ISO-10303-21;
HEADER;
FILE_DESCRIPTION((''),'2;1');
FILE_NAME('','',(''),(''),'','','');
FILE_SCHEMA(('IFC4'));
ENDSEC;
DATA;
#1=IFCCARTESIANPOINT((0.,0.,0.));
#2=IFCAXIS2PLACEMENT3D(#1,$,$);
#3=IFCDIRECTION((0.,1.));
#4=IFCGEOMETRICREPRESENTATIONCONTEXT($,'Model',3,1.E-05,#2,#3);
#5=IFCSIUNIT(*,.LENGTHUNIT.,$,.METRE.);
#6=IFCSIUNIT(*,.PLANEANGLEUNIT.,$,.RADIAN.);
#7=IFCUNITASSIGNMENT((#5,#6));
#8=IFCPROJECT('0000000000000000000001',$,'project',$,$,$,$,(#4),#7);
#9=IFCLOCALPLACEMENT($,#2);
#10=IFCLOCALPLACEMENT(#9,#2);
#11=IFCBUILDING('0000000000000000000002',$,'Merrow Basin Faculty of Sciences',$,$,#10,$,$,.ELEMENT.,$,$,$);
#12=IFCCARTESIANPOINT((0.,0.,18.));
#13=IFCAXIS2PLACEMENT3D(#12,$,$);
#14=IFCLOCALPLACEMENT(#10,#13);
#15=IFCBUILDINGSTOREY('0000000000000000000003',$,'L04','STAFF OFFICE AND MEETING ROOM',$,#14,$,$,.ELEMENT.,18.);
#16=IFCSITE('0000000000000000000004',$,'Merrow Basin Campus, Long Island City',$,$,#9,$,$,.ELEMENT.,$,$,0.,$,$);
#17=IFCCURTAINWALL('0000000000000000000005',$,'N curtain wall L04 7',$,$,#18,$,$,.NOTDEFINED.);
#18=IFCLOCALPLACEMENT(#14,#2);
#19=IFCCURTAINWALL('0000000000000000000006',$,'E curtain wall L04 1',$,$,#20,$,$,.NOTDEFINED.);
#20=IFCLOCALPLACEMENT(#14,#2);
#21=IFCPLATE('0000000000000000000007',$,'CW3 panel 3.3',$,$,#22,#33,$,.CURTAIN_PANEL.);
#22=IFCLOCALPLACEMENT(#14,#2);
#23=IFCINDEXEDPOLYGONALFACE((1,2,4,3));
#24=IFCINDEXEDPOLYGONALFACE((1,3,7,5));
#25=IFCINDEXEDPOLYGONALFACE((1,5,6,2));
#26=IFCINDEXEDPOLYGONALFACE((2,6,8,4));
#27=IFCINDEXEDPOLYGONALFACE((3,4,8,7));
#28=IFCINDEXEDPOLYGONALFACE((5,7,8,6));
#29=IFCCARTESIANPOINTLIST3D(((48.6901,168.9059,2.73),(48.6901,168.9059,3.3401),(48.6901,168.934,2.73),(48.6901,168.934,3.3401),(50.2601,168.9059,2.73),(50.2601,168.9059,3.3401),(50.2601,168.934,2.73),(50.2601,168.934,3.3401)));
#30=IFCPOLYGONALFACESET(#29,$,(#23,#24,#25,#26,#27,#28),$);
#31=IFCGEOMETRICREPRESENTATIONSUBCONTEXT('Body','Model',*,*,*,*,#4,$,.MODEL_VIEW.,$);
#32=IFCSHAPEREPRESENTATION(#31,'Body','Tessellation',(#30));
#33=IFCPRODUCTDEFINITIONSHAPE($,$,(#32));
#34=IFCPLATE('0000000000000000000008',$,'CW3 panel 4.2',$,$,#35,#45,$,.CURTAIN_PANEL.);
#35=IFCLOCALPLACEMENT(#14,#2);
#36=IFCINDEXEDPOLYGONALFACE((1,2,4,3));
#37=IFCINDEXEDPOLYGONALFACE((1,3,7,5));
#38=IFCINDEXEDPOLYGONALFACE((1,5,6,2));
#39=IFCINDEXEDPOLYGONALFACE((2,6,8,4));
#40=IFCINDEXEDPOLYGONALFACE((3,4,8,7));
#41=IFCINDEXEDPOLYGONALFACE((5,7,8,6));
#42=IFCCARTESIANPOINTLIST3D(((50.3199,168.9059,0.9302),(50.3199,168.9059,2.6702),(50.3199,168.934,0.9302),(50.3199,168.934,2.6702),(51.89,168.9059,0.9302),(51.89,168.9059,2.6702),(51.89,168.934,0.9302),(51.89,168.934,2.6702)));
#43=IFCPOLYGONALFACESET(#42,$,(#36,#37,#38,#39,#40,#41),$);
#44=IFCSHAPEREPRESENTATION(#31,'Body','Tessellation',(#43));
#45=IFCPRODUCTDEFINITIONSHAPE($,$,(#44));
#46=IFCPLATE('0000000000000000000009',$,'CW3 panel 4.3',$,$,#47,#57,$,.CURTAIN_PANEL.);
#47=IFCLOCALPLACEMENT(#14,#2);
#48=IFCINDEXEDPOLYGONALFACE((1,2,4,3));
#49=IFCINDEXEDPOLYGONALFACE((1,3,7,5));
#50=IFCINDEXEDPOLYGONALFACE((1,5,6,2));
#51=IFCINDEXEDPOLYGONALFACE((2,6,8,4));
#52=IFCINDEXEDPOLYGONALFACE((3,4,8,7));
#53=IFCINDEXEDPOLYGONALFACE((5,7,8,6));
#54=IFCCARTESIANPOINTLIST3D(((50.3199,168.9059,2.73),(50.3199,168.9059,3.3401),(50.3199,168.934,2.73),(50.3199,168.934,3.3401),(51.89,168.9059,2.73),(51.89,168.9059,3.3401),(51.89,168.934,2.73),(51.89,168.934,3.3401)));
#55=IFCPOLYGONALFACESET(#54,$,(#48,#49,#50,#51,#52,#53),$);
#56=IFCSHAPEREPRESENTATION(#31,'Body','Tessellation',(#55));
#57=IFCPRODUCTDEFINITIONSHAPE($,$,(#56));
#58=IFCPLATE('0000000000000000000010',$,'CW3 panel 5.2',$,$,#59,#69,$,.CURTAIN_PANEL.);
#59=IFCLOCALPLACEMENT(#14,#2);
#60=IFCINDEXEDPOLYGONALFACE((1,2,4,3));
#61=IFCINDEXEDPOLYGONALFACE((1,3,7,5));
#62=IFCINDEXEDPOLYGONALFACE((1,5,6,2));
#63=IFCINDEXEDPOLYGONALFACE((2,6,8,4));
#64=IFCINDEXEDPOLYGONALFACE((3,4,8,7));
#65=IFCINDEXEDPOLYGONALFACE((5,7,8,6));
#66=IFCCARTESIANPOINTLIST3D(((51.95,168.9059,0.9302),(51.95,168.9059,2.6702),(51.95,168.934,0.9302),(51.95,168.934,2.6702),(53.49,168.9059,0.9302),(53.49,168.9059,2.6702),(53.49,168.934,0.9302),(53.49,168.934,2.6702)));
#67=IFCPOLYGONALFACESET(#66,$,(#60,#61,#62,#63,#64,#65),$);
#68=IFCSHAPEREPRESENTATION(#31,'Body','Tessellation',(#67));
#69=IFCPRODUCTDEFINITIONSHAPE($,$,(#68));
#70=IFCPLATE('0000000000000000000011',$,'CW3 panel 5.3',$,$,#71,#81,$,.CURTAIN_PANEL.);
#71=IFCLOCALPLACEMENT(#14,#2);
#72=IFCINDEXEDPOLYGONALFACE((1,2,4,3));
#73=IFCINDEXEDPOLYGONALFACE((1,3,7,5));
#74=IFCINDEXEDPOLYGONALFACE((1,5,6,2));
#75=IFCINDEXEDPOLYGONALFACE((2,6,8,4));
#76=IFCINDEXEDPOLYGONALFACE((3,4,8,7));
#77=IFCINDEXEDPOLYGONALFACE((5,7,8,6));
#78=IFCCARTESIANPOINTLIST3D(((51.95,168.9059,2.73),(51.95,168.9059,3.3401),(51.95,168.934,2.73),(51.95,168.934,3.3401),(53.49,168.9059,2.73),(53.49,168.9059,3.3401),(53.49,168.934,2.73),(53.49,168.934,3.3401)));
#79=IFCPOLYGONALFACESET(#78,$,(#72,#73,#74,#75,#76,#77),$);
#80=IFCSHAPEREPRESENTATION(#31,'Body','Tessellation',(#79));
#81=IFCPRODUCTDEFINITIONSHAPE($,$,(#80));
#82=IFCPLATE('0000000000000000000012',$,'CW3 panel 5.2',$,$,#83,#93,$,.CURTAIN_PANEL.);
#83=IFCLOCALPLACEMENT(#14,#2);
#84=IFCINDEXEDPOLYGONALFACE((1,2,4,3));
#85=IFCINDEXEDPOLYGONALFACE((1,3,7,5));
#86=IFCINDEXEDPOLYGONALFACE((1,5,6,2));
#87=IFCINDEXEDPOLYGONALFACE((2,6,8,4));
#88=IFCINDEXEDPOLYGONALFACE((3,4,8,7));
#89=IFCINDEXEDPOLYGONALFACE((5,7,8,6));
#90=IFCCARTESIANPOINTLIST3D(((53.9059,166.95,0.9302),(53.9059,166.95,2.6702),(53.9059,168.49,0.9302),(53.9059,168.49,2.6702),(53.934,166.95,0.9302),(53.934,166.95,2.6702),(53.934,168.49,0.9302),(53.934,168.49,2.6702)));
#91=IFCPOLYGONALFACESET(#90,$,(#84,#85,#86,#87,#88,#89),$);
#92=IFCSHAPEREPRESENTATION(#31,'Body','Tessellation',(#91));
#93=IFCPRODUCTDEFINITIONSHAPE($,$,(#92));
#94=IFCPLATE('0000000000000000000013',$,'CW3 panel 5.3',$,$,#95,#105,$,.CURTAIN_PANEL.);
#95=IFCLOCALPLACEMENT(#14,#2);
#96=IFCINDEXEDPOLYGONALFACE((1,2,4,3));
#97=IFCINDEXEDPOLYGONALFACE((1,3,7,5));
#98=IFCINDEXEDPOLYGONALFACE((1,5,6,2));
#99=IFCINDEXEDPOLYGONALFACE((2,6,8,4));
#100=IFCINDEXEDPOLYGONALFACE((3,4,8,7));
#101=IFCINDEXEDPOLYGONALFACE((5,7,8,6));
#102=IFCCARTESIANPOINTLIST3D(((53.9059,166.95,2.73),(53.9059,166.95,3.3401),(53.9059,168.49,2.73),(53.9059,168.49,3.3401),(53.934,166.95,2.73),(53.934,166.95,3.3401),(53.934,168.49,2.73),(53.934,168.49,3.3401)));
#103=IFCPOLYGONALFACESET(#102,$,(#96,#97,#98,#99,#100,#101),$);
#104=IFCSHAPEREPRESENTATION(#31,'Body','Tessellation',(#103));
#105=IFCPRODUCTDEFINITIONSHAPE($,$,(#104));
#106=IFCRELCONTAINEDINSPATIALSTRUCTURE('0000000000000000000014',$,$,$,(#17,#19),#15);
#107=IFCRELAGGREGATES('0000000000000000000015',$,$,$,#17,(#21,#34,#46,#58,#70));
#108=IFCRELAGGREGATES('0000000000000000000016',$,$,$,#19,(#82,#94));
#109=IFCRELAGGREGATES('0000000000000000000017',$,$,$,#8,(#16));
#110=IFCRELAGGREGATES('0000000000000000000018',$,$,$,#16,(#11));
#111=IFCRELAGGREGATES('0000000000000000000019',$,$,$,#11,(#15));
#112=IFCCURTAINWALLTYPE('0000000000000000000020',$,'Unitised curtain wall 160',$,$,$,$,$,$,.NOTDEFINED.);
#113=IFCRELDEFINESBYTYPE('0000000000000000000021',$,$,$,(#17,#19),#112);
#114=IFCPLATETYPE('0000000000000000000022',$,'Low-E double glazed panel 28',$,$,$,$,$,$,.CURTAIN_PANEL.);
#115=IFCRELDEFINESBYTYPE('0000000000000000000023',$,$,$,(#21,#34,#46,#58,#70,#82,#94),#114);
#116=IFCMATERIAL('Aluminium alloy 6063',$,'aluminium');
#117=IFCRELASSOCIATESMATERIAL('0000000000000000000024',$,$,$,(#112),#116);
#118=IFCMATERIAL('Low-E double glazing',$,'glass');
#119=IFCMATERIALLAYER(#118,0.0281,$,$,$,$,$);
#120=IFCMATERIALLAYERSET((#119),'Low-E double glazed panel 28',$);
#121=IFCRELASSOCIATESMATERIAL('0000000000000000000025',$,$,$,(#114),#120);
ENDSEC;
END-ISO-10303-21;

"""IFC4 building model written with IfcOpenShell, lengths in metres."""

from ifc_helpers import new_model, si_unit, direction, frame, origin, origin_2d, place, context, subcontext, project, spatial, rectangle, extrude, material, layer, layer_set, type_object, element, aggregate, save


model = new_model("IFC4")

# Units and contexts
model_context = context("Model", 3, precision=1e-05, world=origin(), true_north=direction((0.0, 1.0)))
body_context = subcontext(model_context, "Body", "Model", "MODEL_VIEW")
ifc_project = project(units=[si_unit("LENGTHUNIT", "METRE"), si_unit("PLANEANGLEUNIT", "RADIAN")], contexts=[model_context])

# Site, building, storey
site_placement = place(None, origin())
site = spatial("IfcSite", under=ifc_project, at=site_placement, Name="Merrow Basin Campus, Long Island City", CompositionType="ELEMENT", RefElevation=0.0)
building_placement = place(site_placement, origin())
building = spatial("IfcBuilding", under=site, at=building_placement, Name="Merrow Basin Faculty of Sciences", CompositionType="ELEMENT")
storey_placement = place(building_placement, frame((0.0, 0.0, 18.0)))
storey = spatial("IfcBuildingStorey", under=building, at=storey_placement, Name="L04", Description="STAFF OFFICE AND MEETING ROOM", CompositionType="ELEMENT", Elevation=18.0)

# Curtain wall
ifc_material_1 = material(Name="Aluminium alloy 6063", Category="aluminium")
curtain_wall_type = type_object("IfcCurtainWallType", Name="Unitised curtain wall 160", PredefinedType="NOTDEFINED", material=ifc_material_1)
curtain_wall_1_placement = place(storey_placement, origin())
curtain_wall_1 = element("IfcCurtainWall", 1, at=curtain_wall_1_placement, inside=storey, type_object=curtain_wall_type, Name="N curtain wall L04 7", PredefinedType="NOTDEFINED")

# Curtain wall
curtain_wall_2_placement = place(storey_placement, origin())
curtain_wall_2 = element("IfcCurtainWall", 2, at=curtain_wall_2_placement, inside=storey, type_object=curtain_wall_type, Name="E curtain wall L04 1", PredefinedType="NOTDEFINED")

# Plates
ifc_material_2 = material(Name="Low-E double glazing", Category="glass")
ifc_layer_1 = layer(ifc_material_2, 0.0281)
ifc_layer_set_1 = layer_set([ifc_layer_1], Name="Low-E double glazed panel 28")
plate_type_1 = type_object("IfcPlateType", Name="Low-E double glazed panel 28", PredefinedType="CURTAIN_PANEL", material=ifc_layer_set_1)
plate_1_placement = place(storey_placement, frame((49.4751, 168.9199, 2.73), z_axis=(0.0, 0.0, 1.0), x_axis=(1.0, 0.0, 0.0)))
plate_1 = element("IfcPlate", 3, at=plate_1_placement, type_object=plate_type_1, Name="CW3 panel 3.3", PredefinedType="CURTAIN_PANEL", context=body_context, shape_type="SweptSolid", body=[
    extrude(rectangle(XDim=1.5701, YDim=0.0281, at=origin_2d()), origin(), (0.0, 0.0, 1.0), 0.6101),
])
plate_2_placement = place(storey_placement, frame((51.105, 168.9199, 0.9302), z_axis=(0.0, 0.0, 1.0), x_axis=(1.0, 0.0, 0.0)))
plate_2 = element("IfcPlate", 4, at=plate_2_placement, type_object=plate_type_1, Name="CW3 panel 4.2", PredefinedType="CURTAIN_PANEL", context=body_context, shape_type="SweptSolid", body=[
    extrude(rectangle(XDim=1.5701, YDim=0.0281, at=origin_2d()), origin(), (0.0, 0.0, 1.0), 1.74),
])
plate_3_placement = place(storey_placement, frame((51.105, 168.9199, 2.73), z_axis=(0.0, 0.0, 1.0), x_axis=(1.0, 0.0, 0.0)))
plate_3 = element("IfcPlate", 5, at=plate_3_placement, type_object=plate_type_1, Name="CW3 panel 4.3", PredefinedType="CURTAIN_PANEL", context=body_context, shape_type="SweptSolid", body=[
    extrude(rectangle(XDim=1.5701, YDim=0.0281, at=origin_2d()), origin(), (0.0, 0.0, 1.0), 0.6101),
])
plate_4_placement = place(storey_placement, frame((52.72, 168.9199, 0.9302), z_axis=(0.0, 0.0, 1.0), x_axis=(1.0, 0.0, 0.0)))
plate_4 = element("IfcPlate", 6, at=plate_4_placement, type_object=plate_type_1, Name="CW3 panel 5.2", PredefinedType="CURTAIN_PANEL", context=body_context, shape_type="SweptSolid", body=[
    extrude(rectangle(XDim=1.54, YDim=0.0281, at=origin_2d()), origin(), (0.0, 0.0, 1.0), 1.74),
])
plate_5_placement = place(storey_placement, frame((52.72, 168.9199, 2.73), z_axis=(0.0, 0.0, 1.0), x_axis=(1.0, 0.0, 0.0)))
plate_5 = element("IfcPlate", 7, at=plate_5_placement, type_object=plate_type_1, Name="CW3 panel 5.3", PredefinedType="CURTAIN_PANEL", context=body_context, shape_type="SweptSolid", body=[
    extrude(rectangle(XDim=1.54, YDim=0.0281, at=origin_2d()), origin(), (0.0, 0.0, 1.0), 0.6101),
])
aggregate(curtain_wall_1, [plate_1, plate_2, plate_3, plate_4, plate_5])
plate_6_placement = place(storey_placement, frame((53.9199, 167.72, 0.9302), z_axis=(0.0, 0.0, 1.0), x_axis=(0.0, 1.0, 0.0)))
plate_6 = element("IfcPlate", 8, at=plate_6_placement, type_object=plate_type_1, Name="CW3 panel 5.2", PredefinedType="CURTAIN_PANEL", context=body_context, shape_type="SweptSolid", body=[
    extrude(rectangle(XDim=1.54, YDim=0.0281, at=origin_2d()), origin(), (0.0, 0.0, 1.0), 1.74),
])
plate_7_placement = place(storey_placement, frame((53.9199, 167.72, 2.73), z_axis=(0.0, 0.0, 1.0), x_axis=(0.0, 1.0, 0.0)))
plate_7 = element("IfcPlate", 9, at=plate_7_placement, type_object=plate_type_1, Name="CW3 panel 5.3", PredefinedType="CURTAIN_PANEL", context=body_context, shape_type="SweptSolid", body=[
    extrude(rectangle(XDim=1.54, YDim=0.0281, at=origin_2d()), origin(), (0.0, 0.0, 1.0), 0.6101),
])
aggregate(curtain_wall_2, [plate_6, plate_7])

save(model, "model.ifc")
